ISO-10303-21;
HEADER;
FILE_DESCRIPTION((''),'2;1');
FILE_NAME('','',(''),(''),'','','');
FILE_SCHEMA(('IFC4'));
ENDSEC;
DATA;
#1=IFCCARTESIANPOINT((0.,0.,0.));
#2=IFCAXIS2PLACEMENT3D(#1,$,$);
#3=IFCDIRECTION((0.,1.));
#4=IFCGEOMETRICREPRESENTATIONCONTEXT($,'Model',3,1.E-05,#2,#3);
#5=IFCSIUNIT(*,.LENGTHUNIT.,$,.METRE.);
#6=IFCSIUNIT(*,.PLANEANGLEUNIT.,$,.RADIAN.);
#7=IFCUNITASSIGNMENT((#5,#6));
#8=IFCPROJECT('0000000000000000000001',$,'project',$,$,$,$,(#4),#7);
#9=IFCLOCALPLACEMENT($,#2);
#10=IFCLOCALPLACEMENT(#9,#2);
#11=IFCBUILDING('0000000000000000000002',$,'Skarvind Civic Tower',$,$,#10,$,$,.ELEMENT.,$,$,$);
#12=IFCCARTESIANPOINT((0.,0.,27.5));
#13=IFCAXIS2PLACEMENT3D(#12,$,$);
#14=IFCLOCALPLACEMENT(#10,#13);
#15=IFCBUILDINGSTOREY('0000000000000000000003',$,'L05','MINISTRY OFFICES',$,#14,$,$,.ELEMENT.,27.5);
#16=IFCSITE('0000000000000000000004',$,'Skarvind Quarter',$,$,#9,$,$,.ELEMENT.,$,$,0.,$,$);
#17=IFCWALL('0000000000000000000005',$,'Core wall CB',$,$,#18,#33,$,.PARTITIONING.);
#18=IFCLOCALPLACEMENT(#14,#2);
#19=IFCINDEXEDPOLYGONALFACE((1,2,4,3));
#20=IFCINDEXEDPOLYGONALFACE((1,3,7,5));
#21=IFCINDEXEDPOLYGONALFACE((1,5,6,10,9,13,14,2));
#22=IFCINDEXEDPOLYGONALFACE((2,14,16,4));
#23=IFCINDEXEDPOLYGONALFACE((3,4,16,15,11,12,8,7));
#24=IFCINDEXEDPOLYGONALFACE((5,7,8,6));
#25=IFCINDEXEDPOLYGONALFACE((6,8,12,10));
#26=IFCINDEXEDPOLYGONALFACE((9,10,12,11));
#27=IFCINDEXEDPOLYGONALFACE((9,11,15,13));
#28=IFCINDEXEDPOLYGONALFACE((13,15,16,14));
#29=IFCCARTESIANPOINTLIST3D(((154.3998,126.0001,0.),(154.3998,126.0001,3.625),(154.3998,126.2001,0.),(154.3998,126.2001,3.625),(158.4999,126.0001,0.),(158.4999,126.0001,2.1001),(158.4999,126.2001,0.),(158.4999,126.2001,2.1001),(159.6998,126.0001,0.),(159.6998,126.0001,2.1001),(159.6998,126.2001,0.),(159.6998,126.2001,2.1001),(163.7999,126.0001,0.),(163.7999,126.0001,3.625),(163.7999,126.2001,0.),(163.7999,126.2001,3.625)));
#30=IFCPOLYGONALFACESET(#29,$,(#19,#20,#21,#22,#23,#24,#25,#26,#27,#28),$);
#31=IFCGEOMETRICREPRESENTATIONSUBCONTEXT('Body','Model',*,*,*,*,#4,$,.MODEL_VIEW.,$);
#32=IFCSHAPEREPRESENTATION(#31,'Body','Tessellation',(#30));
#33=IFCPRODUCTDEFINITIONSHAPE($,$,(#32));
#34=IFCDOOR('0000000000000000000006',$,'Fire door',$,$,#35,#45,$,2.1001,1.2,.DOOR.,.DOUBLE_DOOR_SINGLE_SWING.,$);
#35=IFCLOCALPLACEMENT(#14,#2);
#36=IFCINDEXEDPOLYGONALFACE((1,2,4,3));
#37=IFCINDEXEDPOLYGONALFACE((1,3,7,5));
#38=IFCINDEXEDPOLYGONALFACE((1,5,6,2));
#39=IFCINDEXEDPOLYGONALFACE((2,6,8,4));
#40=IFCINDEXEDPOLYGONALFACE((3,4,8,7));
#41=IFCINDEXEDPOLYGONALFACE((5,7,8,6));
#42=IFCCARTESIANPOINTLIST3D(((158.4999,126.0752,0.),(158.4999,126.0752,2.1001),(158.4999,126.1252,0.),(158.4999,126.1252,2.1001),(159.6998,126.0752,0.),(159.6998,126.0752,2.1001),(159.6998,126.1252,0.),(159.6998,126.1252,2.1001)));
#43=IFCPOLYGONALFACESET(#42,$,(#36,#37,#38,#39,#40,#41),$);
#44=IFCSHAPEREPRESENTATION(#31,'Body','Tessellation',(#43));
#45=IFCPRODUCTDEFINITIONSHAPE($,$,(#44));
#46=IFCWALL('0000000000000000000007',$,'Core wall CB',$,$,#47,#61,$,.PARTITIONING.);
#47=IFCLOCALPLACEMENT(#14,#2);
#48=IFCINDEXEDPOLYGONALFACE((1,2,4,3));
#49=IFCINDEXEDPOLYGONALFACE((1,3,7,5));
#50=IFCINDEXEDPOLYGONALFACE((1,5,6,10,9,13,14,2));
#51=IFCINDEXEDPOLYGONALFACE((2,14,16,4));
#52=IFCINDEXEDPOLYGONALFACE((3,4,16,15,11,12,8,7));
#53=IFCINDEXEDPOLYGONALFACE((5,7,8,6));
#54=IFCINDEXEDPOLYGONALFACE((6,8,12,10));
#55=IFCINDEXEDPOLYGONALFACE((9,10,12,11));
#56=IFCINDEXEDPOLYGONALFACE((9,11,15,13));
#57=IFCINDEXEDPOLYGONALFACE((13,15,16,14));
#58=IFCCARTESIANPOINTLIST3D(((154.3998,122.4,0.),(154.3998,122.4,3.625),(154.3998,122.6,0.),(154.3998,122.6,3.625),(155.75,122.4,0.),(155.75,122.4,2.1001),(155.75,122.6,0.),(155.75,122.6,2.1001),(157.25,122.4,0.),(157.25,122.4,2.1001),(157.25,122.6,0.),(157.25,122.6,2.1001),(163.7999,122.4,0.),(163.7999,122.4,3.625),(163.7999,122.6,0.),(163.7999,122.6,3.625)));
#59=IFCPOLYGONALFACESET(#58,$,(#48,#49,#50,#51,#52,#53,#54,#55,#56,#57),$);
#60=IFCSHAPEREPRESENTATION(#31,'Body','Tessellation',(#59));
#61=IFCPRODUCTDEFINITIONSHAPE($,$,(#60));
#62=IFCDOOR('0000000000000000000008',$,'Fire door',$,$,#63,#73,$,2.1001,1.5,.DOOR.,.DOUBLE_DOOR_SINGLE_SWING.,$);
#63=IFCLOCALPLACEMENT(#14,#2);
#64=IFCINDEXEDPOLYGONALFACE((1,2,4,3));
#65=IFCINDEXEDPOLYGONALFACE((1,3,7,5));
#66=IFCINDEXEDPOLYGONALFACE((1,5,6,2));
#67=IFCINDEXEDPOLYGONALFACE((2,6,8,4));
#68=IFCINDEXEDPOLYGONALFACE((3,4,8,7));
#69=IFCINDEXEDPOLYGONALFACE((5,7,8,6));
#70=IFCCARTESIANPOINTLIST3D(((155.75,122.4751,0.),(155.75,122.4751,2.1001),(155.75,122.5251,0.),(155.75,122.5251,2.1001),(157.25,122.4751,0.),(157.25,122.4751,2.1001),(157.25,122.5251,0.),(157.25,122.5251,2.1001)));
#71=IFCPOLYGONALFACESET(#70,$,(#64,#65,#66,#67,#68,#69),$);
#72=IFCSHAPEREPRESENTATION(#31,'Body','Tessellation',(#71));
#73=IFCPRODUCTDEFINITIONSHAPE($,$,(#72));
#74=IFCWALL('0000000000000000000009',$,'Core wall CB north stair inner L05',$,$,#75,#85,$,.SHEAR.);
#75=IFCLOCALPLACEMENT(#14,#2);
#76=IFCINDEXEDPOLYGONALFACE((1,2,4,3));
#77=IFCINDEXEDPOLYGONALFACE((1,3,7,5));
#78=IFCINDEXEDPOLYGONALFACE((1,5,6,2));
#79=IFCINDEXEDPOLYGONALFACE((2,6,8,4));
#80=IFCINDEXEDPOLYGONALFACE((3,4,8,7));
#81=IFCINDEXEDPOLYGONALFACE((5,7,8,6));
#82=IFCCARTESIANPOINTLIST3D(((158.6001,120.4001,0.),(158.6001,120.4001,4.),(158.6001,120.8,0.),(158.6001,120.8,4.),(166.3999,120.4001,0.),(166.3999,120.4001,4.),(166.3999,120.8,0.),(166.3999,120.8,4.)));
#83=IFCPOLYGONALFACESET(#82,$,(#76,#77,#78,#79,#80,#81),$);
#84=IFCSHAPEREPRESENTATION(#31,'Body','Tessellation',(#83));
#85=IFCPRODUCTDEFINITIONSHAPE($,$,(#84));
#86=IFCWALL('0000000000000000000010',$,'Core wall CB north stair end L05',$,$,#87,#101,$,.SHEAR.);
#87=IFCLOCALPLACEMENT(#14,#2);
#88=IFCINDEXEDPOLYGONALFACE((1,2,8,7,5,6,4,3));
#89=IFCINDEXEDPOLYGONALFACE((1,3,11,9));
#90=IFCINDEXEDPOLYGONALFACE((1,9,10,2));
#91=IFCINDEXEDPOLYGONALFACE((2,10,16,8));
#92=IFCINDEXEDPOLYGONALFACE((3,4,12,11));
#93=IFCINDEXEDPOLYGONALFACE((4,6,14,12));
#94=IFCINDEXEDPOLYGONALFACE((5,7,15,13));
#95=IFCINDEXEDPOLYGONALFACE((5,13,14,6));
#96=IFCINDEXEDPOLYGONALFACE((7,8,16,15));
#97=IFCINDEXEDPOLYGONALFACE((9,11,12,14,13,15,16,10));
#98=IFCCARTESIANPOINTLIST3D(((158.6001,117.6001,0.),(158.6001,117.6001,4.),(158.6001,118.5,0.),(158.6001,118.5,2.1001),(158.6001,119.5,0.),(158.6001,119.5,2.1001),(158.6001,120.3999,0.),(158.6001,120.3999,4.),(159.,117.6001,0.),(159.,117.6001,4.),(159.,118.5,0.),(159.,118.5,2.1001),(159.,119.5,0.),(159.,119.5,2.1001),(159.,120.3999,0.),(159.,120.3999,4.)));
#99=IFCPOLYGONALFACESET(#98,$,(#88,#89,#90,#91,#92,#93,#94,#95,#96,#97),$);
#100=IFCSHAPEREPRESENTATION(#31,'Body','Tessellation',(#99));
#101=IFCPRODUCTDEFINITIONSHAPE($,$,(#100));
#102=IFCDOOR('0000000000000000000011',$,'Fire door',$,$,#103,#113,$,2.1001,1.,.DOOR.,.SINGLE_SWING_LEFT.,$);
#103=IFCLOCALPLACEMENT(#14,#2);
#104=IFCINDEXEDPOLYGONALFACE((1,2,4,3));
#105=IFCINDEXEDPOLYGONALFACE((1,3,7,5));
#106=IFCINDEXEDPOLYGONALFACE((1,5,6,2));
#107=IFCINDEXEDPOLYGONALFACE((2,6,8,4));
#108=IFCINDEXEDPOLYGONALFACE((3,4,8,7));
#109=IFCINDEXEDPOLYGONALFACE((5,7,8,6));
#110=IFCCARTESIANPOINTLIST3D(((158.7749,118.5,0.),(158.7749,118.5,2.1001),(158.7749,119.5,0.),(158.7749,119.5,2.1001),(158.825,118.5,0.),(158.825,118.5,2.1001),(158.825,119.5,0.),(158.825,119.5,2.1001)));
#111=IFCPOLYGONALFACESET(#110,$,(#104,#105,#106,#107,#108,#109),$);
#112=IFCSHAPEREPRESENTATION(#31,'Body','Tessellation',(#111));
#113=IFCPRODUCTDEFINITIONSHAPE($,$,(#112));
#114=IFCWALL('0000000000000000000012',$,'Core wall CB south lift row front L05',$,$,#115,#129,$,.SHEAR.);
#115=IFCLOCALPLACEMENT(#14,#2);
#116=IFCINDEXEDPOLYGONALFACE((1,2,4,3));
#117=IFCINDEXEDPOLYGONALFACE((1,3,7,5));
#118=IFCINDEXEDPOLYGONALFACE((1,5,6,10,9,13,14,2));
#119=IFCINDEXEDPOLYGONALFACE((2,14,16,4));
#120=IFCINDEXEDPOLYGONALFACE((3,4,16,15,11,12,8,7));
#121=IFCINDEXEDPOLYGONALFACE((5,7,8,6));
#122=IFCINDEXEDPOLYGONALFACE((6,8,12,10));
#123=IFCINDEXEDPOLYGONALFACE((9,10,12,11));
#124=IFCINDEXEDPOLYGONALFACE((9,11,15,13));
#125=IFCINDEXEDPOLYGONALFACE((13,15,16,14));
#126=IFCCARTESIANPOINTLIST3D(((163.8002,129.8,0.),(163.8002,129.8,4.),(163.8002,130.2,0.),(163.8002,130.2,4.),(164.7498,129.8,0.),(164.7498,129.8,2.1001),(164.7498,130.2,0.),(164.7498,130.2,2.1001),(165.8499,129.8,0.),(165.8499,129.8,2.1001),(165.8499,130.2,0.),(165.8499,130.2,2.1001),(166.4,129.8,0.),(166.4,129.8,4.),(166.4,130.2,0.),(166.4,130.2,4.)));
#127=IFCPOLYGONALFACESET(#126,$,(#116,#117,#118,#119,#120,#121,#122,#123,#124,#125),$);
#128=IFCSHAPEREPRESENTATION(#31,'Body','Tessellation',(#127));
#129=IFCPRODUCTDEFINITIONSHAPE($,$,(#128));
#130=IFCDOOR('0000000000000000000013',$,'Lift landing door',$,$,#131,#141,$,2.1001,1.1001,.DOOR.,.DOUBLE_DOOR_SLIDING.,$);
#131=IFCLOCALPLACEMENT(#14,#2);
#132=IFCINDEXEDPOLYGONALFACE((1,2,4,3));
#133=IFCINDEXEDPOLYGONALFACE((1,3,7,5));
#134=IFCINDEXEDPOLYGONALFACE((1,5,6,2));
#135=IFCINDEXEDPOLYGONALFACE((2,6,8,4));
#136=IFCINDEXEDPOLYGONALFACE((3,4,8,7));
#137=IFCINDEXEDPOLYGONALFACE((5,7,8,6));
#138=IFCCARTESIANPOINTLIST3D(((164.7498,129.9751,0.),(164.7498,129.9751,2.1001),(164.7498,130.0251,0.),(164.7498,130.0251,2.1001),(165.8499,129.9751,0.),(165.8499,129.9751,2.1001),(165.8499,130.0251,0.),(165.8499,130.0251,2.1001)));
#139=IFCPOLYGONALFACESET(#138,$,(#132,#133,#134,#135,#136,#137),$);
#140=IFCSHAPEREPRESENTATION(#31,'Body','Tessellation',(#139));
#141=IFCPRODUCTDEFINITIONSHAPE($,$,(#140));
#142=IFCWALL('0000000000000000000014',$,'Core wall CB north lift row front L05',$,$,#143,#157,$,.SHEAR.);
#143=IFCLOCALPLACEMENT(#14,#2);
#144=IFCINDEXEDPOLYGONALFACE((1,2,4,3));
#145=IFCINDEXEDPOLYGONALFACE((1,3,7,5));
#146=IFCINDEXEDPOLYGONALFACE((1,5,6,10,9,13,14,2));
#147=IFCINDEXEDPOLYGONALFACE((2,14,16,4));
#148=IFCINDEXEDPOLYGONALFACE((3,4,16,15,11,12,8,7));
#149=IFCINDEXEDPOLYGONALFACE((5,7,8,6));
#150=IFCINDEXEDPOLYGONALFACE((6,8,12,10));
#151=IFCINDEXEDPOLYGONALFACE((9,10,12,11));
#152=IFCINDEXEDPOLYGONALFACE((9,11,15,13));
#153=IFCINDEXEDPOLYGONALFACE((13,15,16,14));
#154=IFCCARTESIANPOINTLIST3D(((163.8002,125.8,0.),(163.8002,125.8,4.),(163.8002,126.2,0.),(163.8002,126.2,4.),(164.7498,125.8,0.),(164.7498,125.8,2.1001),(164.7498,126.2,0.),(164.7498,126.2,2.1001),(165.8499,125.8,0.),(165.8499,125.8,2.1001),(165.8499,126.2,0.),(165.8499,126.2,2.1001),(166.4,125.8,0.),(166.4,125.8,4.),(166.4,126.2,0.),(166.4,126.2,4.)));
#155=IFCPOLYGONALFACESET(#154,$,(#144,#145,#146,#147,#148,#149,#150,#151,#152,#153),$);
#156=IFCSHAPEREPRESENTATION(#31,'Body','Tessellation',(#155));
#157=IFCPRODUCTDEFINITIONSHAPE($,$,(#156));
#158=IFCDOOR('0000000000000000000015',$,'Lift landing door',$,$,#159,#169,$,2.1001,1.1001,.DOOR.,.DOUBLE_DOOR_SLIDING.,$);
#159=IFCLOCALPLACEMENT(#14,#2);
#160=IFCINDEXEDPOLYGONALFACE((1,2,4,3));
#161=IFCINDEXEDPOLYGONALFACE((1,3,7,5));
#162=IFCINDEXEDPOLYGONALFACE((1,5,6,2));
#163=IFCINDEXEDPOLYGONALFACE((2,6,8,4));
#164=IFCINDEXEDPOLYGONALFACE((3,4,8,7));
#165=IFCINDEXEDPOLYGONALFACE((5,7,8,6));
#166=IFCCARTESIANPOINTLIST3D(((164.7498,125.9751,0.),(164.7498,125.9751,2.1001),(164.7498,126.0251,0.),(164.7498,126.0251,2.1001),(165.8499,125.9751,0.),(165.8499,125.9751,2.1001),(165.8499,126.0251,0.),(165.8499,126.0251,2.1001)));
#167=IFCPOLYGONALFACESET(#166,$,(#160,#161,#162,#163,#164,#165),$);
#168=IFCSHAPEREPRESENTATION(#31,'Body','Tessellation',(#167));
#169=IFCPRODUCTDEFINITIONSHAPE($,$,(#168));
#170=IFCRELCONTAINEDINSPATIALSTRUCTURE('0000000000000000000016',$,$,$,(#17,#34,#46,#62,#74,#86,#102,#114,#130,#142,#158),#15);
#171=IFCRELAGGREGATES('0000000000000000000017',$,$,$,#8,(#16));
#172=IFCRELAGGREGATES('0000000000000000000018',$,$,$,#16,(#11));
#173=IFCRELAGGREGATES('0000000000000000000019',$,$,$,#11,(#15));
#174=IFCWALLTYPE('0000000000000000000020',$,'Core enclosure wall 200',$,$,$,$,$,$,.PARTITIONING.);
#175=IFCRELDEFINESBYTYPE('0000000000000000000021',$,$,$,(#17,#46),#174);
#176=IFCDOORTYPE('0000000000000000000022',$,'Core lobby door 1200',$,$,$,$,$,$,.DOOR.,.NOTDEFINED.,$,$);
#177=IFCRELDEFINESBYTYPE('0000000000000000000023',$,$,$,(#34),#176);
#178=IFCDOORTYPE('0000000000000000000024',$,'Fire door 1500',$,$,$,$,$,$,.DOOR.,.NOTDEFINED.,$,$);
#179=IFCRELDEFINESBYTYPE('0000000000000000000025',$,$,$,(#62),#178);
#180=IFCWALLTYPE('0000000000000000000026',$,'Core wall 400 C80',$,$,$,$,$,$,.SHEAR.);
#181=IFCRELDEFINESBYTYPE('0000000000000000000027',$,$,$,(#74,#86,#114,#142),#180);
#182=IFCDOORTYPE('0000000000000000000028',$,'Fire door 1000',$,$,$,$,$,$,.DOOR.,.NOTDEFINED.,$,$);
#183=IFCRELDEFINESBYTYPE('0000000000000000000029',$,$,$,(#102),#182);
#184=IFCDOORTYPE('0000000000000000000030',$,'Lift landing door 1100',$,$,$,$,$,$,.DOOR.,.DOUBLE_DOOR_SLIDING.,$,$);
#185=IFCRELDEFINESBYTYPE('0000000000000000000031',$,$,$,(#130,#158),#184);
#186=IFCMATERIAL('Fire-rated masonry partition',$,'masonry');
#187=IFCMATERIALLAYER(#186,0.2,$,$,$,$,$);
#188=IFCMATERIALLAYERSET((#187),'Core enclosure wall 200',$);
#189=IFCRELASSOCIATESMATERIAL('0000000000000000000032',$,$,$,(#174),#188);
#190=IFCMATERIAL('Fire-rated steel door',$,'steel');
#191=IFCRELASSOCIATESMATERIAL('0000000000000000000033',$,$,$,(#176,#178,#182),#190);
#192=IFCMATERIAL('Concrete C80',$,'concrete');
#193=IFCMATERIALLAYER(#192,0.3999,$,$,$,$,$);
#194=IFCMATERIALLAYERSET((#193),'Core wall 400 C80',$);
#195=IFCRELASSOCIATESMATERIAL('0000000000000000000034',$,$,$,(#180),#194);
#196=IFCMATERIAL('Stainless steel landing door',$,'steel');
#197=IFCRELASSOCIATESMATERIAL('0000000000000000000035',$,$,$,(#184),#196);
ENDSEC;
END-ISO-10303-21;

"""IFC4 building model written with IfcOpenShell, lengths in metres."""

from ifc_helpers import new_model, si_unit, direction, frame, frame_2d, origin, place, context, subcontext, project, spatial, rectangle, extrude, material, layer, layer_set, type_object, element, fill, save


model = new_model("IFC4")

# Units and contexts
model_context = context("Model", 3, precision=1e-05, world=origin(), true_north=direction((0.0, 1.0)))
body_context = subcontext(model_context, "Body", "Model", "MODEL_VIEW")
ifc_project = project(units=[si_unit("LENGTHUNIT", "METRE"), si_unit("PLANEANGLEUNIT", "RADIAN")], contexts=[model_context])

# Site, building, storey
site_placement = place(None, origin())
site = spatial("IfcSite", under=ifc_project, at=site_placement, Name="Skarvind Quarter", CompositionType="ELEMENT", RefElevation=0.0)
building_placement = place(site_placement, origin())
building = spatial("IfcBuilding", under=site, at=building_placement, Name="Skarvind Civic Tower", CompositionType="ELEMENT")
storey_placement = place(building_placement, frame((0.0, 0.0, 27.5)))
storey = spatial("IfcBuildingStorey", under=building, at=storey_placement, Name="L05", Description="MINISTRY OFFICES", CompositionType="ELEMENT", Elevation=27.5)

# Walls, openings, doors
ifc_material_1 = material(Name="Fire-rated masonry partition", Category="masonry")
ifc_layer_1 = layer(ifc_material_1, 0.2)
ifc_layer_set_1 = layer_set([ifc_layer_1], Name="Core enclosure wall 200")
wall_type_1 = type_object("IfcWallType", Name="Core enclosure wall 200", PredefinedType="PARTITIONING", material=ifc_layer_set_1)
wall_1_placement = place(storey_placement, frame((163.8, 126.1001, 0.0), z_axis=(0.0, 0.0, 1.0), x_axis=(-1.0, 0.0, 0.0)))
wall_1 = element("IfcWall", 1, at=wall_1_placement, inside=storey, type_object=wall_type_1, Name="Core wall CB", PredefinedType="PARTITIONING", context=body_context, shape_type="SweptSolid", body=[
    extrude(rectangle(XDim=9.4001, YDim=0.2, at=frame_2d((4.7002, 0.0))), origin(), (0.0, 0.0, 1.0), 3.625),
])
opening_1_placement = place(wall_1_placement, frame((4.1001, 0.0, 0.0)))
opening_1 = element("IfcOpeningElement", 2, at=opening_1_placement, cuts=wall_1, PredefinedType="OPENING", context=body_context, shape_type="SweptSolid", body=[
    extrude(rectangle(XDim=1.2, YDim=2.1001, at=frame_2d((0.6001, 1.05))), frame((0.0, 0.1099, 0.0), z_axis=(0.0, -1.0, 0.0), x_axis=(1.0, 0.0, 0.0)), (0.0, 0.0, 1.0), 0.22),
])
ifc_material_2 = material(Name="Fire-rated steel door", Category="steel")
door_type_1 = type_object("IfcDoorType", Name="Core lobby door 1200", OperationType="NOTDEFINED", PredefinedType="DOOR", material=ifc_material_2)
door_1_placement = place(opening_1_placement, origin())
door_1 = element("IfcDoor", 3, at=door_1_placement, inside=storey, type_object=door_type_1, Name="Fire door", OperationType="DOUBLE_DOOR_SINGLE_SWING", OverallHeight=2.1001, OverallWidth=1.2, PredefinedType="DOOR", context=body_context, shape_type="SweptSolid", body=[
    extrude(rectangle(XDim=1.2, YDim=2.1001, at=frame_2d((0.6001, 1.05))), frame((0.0, 0.0249, 0.0), z_axis=(0.0, -1.0, 0.0), x_axis=(1.0, 0.0, 0.0)), (0.0, 0.0, 1.0), 0.05),
])
fill(opening_1, door_1)
wall_2_placement = place(storey_placement, frame((163.8, 122.5, 0.0), z_axis=(0.0, 0.0, 1.0), x_axis=(-1.0, 0.0, 0.0)))
wall_2 = element("IfcWall", 4, at=wall_2_placement, inside=storey, type_object=wall_type_1, Name="Core wall CB", PredefinedType="PARTITIONING", context=body_context, shape_type="SweptSolid", body=[
    extrude(rectangle(XDim=9.4001, YDim=0.2, at=frame_2d((4.7002, 0.0))), origin(), (0.0, 0.0, 1.0), 3.625),
])
opening_2_placement = place(wall_2_placement, frame((6.55, 0.0, 0.0)))
opening_2 = element("IfcOpeningElement", 5, at=opening_2_placement, cuts=wall_2, PredefinedType="OPENING", context=body_context, shape_type="SweptSolid", body=[
    extrude(rectangle(XDim=1.5, YDim=2.1001, at=frame_2d((0.75, 1.05))), frame((0.0, 0.1099, 0.0), z_axis=(0.0, -1.0, 0.0), x_axis=(1.0, 0.0, 0.0)), (0.0, 0.0, 1.0), 0.22),
])
door_type_2 = type_object("IfcDoorType", Name="Fire door 1500", OperationType="NOTDEFINED", PredefinedType="DOOR", material=ifc_material_2)
door_2_placement = place(opening_2_placement, origin())
door_2 = element("IfcDoor", 6, at=door_2_placement, inside=storey, type_object=door_type_2, Name="Fire door", OperationType="DOUBLE_DOOR_SINGLE_SWING", OverallHeight=2.1001, OverallWidth=1.5, PredefinedType="DOOR", context=body_context, shape_type="SweptSolid", body=[
    extrude(rectangle(XDim=1.5, YDim=2.1001, at=frame_2d((0.75, 1.05))), frame((0.0, 0.0249, 0.0), z_axis=(0.0, -1.0, 0.0), x_axis=(1.0, 0.0, 0.0)), (0.0, 0.0, 1.0), 0.05),
])
fill(opening_2, door_2)

# Wall
ifc_material_3 = material(Name="Concrete C80", Category="concrete")
ifc_layer_2 = layer(ifc_material_3, 0.3999)
ifc_layer_set_2 = layer_set([ifc_layer_2], Name="Core wall 400 C80")
wall_type_2 = type_object("IfcWallType", Name="Core wall 400 C80", PredefinedType="SHEAR", material=ifc_layer_set_2)
wall_3_placement = place(storey_placement, frame((166.3999, 120.6001, 0.0), z_axis=(0.0, 0.0, 1.0), x_axis=(-1.0, 0.0, 0.0)))
element("IfcWall", 7, at=wall_3_placement, inside=storey, type_object=wall_type_2, Name="Core wall CB north stair inner L05", PredefinedType="SHEAR", context=body_context, shape_type="SweptSolid", body=[
    extrude(rectangle(XDim=7.7998, YDim=0.3999, at=frame_2d((3.8999, 0.0))), origin(), (0.0, 0.0, 1.0), 4.0),
])

# Walls, openings, doors
wall_4_placement = place(storey_placement, frame((158.8, 120.3999, 0.0), z_axis=(0.0, 0.0, 1.0), x_axis=(0.0, -1.0, 0.0)))
wall_4 = element("IfcWall", 8, at=wall_4_placement, inside=storey, type_object=wall_type_2, Name="Core wall CB north stair end L05", PredefinedType="SHEAR", context=body_context, shape_type="SweptSolid", body=[
    extrude(rectangle(XDim=2.7998, YDim=0.3999, at=frame_2d((1.3999, 0.0))), origin(), (0.0, 0.0, 1.0), 4.0),
])
opening_3_placement = place(wall_4_placement, frame((0.8999, 0.0, 0.0)))
opening_3 = element("IfcOpeningElement", 9, at=opening_3_placement, cuts=wall_4, PredefinedType="OPENING", context=body_context, shape_type="SweptSolid", body=[
    extrude(rectangle(XDim=1.0, YDim=2.1001, at=frame_2d((0.5, 1.05))), frame((0.0, 0.21, 0.0), z_axis=(0.0, -1.0, 0.0), x_axis=(1.0, 0.0, 0.0)), (0.0, 0.0, 1.0), 0.4199),
])
door_type_3 = type_object("IfcDoorType", Name="Fire door 1000", OperationType="NOTDEFINED", PredefinedType="DOOR", material=ifc_material_2)
door_3_placement = place(opening_3_placement, origin())
door_3 = element("IfcDoor", 10, at=door_3_placement, inside=storey, type_object=door_type_3, Name="Fire door", OperationType="SINGLE_SWING_LEFT", OverallHeight=2.1001, OverallWidth=1.0, PredefinedType="DOOR", context=body_context, shape_type="SweptSolid", body=[
    extrude(rectangle(XDim=1.0, YDim=2.1001, at=frame_2d((0.5, 1.05))), frame((0.0, 0.0249, 0.0), z_axis=(0.0, -1.0, 0.0), x_axis=(1.0, 0.0, 0.0)), (0.0, 0.0, 1.0), 0.05),
])
fill(opening_3, door_3)
wall_5_placement = place(storey_placement, frame((166.3999, 130.0, 0.0), z_axis=(0.0, 0.0, 1.0), x_axis=(-1.0, 0.0, 0.0)))
wall_5 = element("IfcWall", 11, at=wall_5_placement, inside=storey, type_object=wall_type_2, Name="Core wall CB south lift row front L05", PredefinedType="SHEAR", context=body_context, shape_type="SweptSolid", body=[
    extrude(rectangle(XDim=2.5999, YDim=0.3999, at=frame_2d((1.2998, 0.0))), origin(), (0.0, 0.0, 1.0), 4.0),
])
opening_4_placement = place(wall_5_placement, frame((0.55, 0.0, 0.0)))
opening_4 = element("IfcOpeningElement", 12, at=opening_4_placement, cuts=wall_5, PredefinedType="OPENING", context=body_context, shape_type="SweptSolid", body=[
    extrude(rectangle(XDim=1.1001, YDim=2.1001, at=frame_2d((0.55, 1.05))), frame((0.0, 0.21, 0.0), z_axis=(0.0, -1.0, 0.0), x_axis=(1.0, 0.0, 0.0)), (0.0, 0.0, 1.0), 0.4199),
])
ifc_material_4 = material(Name="Stainless steel landing door", Category="steel")
door_type_4 = type_object("IfcDoorType", Name="Lift landing door 1100", OperationType="DOUBLE_DOOR_SLIDING", PredefinedType="DOOR", material=ifc_material_4)
door_4_placement = place(opening_4_placement, origin())
door_4 = element("IfcDoor", 13, at=door_4_placement, inside=storey, type_object=door_type_4, Name="Lift landing door", OperationType="DOUBLE_DOOR_SLIDING", OverallHeight=2.1001, OverallWidth=1.1001, PredefinedType="DOOR", context=body_context, shape_type="SweptSolid", body=[
    extrude(rectangle(XDim=1.1001, YDim=2.1001, at=frame_2d((0.55, 1.05))), frame((0.0, 0.0249, 0.0), z_axis=(0.0, -1.0, 0.0), x_axis=(1.0, 0.0, 0.0)), (0.0, 0.0, 1.0), 0.05),
])
fill(opening_4, door_4)
wall_6_placement = place(storey_placement, frame((166.3999, 126.0, 0.0), z_axis=(0.0, 0.0, 1.0), x_axis=(-1.0, 0.0, 0.0)))
wall_6 = element("IfcWall", 14, at=wall_6_placement, inside=storey, type_object=wall_type_2, Name="Core wall CB north lift row front L05", PredefinedType="SHEAR", context=body_context, shape_type="SweptSolid", body=[
    extrude(rectangle(XDim=2.5999, YDim=0.3999, at=frame_2d((1.2998, 0.0))), origin(), (0.0, 0.0, 1.0), 4.0),
])
opening_5_placement = place(wall_6_placement, frame((0.55, 0.0, 0.0)))
opening_5 = element("IfcOpeningElement", 15, at=opening_5_placement, cuts=wall_6, PredefinedType="OPENING", context=body_context, shape_type="SweptSolid", body=[
    extrude(rectangle(XDim=1.1001, YDim=2.1001, at=frame_2d((0.55, 1.05))), frame((0.0, 0.21, 0.0), z_axis=(0.0, -1.0, 0.0), x_axis=(1.0, 0.0, 0.0)), (0.0, 0.0, 1.0), 0.4199),
])
door_5_placement = place(opening_5_placement, origin())
door_5 = element("IfcDoor", 16, at=door_5_placement, inside=storey, type_object=door_type_4, Name="Lift landing door", OperationType="DOUBLE_DOOR_SLIDING", OverallHeight=2.1001, OverallWidth=1.1001, PredefinedType="DOOR", context=body_context, shape_type="SweptSolid", body=[
    extrude(rectangle(XDim=1.1001, YDim=2.1001, at=frame_2d((0.55, 1.05))), frame((0.0, 0.0249, 0.0), z_axis=(0.0, -1.0, 0.0), x_axis=(1.0, 0.0, 0.0)), (0.0, 0.0, 1.0), 0.05),
])
fill(opening_5, door_5)

save(model, "model.ifc")
